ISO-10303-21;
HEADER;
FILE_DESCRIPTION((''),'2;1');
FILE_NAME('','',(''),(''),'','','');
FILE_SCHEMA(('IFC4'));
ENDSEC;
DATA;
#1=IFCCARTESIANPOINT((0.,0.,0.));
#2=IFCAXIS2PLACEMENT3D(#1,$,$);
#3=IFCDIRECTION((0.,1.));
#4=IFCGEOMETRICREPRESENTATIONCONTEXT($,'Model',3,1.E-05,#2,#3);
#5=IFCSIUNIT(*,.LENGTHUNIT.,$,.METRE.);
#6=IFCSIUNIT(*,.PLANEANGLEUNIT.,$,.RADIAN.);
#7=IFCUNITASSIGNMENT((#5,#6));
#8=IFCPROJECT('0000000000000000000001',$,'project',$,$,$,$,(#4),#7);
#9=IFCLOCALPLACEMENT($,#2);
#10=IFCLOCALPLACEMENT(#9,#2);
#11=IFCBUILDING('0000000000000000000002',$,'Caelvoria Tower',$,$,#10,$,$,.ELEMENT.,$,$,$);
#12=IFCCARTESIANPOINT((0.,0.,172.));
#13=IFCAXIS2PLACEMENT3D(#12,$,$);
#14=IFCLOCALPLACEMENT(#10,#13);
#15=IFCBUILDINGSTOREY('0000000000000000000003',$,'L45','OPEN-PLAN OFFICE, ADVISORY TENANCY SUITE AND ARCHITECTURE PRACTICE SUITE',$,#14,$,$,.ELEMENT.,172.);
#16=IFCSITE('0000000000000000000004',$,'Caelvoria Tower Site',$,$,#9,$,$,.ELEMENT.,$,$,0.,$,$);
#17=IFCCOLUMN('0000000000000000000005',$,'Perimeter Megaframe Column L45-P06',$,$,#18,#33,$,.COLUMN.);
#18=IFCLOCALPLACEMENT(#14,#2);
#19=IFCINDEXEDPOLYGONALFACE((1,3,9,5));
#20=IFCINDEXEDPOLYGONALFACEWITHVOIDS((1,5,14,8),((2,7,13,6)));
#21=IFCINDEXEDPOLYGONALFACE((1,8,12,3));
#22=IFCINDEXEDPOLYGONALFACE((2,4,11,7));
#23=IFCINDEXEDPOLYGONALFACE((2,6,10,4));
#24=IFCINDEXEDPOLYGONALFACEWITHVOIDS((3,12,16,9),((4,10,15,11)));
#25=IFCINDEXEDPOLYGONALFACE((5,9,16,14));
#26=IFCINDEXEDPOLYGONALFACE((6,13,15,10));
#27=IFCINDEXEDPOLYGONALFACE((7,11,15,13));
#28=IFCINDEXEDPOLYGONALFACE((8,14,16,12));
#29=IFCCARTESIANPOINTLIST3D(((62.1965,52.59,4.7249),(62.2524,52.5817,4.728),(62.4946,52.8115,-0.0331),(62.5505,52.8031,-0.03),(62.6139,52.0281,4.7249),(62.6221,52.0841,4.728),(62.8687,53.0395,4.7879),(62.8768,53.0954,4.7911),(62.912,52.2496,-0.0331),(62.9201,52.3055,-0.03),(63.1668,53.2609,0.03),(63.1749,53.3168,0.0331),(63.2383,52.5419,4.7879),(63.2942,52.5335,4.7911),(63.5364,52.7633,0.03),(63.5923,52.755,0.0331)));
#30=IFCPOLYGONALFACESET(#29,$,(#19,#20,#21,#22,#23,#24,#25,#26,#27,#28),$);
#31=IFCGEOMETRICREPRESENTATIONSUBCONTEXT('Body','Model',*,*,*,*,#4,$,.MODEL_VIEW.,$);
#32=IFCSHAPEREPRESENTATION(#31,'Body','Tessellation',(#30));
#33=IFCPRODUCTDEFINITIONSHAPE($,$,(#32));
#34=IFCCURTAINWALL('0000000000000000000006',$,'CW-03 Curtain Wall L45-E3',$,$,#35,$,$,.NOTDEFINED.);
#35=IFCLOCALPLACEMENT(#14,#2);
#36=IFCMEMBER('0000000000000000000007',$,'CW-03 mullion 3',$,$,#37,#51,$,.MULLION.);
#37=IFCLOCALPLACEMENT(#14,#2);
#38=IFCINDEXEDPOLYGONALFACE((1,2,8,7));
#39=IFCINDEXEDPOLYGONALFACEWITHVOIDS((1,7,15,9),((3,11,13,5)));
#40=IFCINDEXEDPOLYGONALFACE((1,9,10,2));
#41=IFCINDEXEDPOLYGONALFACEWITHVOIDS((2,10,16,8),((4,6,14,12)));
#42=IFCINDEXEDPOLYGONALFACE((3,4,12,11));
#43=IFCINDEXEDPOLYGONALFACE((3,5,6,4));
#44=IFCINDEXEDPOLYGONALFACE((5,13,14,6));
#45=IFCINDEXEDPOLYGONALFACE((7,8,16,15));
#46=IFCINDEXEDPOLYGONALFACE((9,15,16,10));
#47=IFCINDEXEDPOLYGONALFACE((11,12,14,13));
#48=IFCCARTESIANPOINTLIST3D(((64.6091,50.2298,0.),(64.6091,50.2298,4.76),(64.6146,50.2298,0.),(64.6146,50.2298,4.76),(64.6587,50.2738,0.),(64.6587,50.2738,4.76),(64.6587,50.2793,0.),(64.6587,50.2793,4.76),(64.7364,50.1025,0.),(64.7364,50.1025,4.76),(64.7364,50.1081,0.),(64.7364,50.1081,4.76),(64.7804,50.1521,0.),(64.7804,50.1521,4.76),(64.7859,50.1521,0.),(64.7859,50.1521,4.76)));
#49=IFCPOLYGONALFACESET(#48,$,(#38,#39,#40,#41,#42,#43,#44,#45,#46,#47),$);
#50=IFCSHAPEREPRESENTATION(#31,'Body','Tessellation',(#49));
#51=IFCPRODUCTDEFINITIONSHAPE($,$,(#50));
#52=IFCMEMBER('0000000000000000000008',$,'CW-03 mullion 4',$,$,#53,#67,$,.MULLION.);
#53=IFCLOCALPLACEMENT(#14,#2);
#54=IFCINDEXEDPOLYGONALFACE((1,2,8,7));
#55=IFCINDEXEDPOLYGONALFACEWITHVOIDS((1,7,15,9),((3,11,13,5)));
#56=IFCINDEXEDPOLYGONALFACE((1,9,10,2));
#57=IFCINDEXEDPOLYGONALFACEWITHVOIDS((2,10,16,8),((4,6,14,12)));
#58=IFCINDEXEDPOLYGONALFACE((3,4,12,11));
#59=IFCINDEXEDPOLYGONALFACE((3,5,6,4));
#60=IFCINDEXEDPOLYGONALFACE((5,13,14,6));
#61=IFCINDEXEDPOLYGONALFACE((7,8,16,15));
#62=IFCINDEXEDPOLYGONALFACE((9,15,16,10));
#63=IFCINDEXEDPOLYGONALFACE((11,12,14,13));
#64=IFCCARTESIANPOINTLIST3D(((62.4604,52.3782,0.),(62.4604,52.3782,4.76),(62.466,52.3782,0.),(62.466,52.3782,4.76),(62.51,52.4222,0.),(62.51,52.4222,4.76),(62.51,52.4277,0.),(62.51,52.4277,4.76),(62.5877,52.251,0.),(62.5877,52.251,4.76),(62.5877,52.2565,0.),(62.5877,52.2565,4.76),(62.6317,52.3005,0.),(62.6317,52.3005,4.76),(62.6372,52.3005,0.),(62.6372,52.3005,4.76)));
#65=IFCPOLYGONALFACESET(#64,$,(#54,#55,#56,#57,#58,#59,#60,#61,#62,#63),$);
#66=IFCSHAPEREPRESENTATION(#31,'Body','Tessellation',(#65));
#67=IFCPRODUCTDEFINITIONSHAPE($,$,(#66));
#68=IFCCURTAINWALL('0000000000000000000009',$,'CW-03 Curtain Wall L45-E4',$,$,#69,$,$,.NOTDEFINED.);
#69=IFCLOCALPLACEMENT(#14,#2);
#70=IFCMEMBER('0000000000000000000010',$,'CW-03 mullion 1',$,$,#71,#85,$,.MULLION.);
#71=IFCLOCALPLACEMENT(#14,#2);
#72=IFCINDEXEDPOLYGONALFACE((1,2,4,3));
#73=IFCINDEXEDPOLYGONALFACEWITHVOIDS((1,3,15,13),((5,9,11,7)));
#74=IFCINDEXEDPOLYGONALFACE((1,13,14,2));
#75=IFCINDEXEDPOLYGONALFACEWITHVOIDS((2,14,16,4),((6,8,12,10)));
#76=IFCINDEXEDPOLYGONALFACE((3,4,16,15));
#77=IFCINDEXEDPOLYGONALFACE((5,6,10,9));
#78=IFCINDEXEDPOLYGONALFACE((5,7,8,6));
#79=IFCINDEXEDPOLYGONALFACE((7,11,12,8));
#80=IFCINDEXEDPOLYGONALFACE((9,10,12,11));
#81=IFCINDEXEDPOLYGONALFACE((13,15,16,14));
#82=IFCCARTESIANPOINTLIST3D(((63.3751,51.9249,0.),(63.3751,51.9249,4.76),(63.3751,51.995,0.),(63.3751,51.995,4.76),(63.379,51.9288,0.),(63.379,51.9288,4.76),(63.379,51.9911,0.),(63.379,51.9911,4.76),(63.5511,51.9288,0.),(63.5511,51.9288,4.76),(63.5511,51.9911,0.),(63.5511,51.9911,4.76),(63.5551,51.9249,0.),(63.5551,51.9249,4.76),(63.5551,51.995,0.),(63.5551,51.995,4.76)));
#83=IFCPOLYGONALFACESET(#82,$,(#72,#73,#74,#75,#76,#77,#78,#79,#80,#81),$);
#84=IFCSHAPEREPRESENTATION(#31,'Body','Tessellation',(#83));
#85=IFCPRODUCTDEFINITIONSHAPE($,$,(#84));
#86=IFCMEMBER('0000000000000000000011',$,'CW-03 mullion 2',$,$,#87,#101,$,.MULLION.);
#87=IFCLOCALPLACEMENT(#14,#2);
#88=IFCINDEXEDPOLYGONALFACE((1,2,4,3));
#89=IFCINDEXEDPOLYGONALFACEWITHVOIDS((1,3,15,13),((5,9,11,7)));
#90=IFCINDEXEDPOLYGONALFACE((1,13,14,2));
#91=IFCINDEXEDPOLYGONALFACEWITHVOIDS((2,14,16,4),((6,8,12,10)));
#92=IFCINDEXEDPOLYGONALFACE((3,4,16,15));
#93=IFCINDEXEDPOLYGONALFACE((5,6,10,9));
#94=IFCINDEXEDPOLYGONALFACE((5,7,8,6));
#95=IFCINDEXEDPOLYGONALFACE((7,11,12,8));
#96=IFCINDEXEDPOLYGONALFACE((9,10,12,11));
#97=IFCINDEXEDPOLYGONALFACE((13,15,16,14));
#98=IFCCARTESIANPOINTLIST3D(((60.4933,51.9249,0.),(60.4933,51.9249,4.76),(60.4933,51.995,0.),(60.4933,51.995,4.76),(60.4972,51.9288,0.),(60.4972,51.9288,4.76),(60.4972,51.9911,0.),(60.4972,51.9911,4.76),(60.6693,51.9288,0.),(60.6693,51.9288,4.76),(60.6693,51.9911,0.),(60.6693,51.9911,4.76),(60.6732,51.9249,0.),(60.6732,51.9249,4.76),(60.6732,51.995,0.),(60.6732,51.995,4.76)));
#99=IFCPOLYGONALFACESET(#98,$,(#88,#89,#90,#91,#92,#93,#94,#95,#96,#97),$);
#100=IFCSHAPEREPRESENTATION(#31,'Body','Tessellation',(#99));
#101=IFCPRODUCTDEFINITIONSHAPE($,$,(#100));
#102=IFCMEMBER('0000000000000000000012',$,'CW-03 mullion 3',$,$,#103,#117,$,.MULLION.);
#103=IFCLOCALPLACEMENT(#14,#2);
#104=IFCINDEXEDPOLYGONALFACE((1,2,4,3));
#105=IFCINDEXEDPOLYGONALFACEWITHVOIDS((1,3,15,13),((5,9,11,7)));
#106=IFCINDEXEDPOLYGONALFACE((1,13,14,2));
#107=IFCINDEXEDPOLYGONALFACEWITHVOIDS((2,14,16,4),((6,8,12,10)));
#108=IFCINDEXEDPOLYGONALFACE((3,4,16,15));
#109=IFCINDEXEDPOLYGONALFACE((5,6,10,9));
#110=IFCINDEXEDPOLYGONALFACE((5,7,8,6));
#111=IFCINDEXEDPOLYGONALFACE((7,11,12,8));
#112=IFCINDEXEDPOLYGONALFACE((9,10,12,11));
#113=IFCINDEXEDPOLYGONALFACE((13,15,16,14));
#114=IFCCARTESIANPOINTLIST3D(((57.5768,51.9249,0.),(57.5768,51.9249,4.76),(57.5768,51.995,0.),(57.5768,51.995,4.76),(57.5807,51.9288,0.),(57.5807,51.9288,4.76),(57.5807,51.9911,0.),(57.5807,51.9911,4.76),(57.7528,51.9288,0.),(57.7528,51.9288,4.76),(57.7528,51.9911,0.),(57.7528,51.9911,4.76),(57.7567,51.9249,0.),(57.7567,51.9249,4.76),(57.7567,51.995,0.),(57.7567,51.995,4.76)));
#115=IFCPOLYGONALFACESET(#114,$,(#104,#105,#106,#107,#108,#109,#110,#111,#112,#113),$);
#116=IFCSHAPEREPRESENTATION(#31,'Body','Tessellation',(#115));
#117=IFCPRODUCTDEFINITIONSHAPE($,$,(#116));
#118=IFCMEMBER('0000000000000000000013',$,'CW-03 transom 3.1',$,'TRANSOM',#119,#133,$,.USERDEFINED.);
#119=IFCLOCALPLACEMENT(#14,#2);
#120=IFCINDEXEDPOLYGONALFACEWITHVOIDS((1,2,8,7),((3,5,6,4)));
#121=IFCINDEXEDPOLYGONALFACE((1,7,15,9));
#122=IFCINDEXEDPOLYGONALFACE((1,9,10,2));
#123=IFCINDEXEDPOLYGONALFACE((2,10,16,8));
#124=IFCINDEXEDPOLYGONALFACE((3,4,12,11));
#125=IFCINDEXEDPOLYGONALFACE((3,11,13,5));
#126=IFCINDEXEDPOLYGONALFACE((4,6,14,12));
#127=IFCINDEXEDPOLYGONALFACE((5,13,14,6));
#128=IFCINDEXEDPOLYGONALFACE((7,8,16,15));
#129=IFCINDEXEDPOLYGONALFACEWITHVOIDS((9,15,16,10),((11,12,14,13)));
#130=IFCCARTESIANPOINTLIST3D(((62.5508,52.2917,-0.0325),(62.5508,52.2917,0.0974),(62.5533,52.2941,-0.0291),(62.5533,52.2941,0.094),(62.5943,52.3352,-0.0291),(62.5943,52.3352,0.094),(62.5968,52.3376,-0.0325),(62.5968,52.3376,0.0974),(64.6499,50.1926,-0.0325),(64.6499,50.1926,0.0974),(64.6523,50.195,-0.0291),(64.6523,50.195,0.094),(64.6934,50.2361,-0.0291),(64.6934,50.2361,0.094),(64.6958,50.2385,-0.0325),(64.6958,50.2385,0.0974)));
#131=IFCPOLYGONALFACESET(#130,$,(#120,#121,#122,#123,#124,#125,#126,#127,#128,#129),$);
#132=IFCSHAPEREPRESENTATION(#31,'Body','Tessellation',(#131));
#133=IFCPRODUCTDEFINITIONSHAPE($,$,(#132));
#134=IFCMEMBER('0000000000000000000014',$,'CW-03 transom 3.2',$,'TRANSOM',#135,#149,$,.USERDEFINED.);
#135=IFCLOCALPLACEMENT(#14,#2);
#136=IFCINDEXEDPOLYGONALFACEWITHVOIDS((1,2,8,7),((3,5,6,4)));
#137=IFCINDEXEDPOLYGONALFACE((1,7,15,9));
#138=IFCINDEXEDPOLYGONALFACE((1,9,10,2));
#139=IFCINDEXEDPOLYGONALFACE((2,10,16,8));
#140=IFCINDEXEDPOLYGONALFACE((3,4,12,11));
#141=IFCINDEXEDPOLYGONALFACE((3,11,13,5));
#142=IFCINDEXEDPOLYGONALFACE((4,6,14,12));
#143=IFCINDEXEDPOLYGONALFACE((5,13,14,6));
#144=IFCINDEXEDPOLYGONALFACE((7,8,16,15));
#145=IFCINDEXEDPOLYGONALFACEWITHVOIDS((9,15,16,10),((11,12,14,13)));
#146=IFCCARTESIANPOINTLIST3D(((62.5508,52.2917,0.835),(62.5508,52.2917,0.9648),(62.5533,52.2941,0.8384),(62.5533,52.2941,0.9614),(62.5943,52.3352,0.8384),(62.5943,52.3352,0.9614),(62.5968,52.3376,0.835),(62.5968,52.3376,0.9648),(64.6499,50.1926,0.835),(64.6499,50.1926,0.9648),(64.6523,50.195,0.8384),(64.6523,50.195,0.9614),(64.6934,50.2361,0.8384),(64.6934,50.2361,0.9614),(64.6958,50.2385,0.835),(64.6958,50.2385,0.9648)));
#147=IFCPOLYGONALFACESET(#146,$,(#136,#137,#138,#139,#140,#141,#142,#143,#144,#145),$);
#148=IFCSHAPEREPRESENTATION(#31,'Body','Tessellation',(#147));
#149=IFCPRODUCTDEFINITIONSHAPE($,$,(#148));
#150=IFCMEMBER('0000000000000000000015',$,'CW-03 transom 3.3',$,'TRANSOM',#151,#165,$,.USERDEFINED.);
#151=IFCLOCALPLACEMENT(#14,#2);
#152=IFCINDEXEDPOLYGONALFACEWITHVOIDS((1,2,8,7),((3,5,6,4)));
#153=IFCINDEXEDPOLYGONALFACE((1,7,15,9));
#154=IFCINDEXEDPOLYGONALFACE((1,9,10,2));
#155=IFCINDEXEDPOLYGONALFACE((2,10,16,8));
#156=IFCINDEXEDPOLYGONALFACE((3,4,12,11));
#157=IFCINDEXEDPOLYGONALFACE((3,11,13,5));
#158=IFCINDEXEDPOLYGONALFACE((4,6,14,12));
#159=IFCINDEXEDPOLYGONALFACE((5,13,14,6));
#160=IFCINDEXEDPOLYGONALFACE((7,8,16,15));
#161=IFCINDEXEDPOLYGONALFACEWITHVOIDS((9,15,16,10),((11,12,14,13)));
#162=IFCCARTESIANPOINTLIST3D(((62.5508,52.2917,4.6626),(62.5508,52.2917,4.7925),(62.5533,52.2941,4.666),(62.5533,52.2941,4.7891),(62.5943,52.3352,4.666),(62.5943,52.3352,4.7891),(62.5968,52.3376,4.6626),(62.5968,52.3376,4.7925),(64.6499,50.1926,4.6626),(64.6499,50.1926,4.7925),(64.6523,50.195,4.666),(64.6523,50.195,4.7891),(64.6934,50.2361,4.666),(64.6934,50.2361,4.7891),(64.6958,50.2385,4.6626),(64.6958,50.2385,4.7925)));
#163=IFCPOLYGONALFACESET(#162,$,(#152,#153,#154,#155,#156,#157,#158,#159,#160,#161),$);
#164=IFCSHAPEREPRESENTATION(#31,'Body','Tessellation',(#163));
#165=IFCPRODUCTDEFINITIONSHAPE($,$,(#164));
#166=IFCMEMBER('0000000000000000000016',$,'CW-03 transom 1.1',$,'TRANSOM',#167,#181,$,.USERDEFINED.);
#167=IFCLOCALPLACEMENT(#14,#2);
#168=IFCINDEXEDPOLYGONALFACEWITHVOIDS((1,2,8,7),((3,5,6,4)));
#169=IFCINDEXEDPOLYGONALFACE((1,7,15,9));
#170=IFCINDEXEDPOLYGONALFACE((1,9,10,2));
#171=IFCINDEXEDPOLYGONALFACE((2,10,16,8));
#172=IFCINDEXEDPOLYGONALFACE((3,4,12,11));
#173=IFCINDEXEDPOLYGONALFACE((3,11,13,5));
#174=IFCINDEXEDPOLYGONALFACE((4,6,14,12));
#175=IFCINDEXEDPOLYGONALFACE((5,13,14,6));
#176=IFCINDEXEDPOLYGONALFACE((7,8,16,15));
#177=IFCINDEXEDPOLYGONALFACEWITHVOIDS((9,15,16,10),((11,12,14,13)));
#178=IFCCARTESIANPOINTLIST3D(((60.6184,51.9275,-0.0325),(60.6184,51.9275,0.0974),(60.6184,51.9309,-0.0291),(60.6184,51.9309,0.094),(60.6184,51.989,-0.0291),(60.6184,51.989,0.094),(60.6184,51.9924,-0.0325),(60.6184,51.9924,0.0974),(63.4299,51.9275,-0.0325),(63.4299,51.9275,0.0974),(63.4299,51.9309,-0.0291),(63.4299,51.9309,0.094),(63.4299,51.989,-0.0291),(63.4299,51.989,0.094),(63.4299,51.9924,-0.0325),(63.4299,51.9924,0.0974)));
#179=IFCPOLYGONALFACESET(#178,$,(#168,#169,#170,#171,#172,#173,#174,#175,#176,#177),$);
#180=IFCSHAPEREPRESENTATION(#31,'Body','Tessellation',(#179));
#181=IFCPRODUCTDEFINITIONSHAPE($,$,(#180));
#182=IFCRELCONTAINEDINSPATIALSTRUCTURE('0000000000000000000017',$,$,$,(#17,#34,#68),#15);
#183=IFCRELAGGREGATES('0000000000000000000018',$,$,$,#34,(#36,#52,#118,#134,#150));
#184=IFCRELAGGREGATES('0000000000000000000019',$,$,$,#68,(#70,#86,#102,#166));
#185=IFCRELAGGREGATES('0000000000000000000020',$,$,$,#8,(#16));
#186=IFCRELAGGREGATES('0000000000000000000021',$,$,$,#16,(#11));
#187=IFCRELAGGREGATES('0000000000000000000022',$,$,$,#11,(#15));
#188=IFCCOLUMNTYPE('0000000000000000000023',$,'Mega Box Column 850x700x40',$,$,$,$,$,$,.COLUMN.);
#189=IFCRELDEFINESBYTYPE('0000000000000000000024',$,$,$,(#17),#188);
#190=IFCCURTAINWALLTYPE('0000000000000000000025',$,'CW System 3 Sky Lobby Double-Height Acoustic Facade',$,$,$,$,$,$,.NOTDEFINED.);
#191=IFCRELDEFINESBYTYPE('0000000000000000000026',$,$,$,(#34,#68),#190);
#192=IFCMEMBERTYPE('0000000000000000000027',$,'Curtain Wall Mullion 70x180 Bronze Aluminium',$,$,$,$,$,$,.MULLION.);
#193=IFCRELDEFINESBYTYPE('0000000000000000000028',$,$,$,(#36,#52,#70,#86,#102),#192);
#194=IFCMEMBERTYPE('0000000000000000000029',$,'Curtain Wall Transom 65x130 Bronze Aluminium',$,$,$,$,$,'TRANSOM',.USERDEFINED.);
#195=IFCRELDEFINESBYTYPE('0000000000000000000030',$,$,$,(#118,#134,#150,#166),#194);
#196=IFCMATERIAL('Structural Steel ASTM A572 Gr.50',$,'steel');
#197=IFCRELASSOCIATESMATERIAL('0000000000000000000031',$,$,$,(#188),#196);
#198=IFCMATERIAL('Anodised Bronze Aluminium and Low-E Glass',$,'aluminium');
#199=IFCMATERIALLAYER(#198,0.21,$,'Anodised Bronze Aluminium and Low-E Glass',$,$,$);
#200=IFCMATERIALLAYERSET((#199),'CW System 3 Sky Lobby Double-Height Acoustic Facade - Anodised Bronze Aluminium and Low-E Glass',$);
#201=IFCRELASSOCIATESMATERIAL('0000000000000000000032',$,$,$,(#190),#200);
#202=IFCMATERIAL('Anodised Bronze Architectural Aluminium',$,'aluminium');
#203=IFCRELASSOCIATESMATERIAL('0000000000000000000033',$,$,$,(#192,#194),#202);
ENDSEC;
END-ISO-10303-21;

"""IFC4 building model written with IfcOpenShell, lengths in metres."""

from ifc_helpers import new_model, si_unit, direction, frame, origin, origin_2d, place, context, subcontext, project, spatial, hollow_rectangle, extrude, material, layer, layer_set, material_profile, profile_set, type_object, element, aggregate, save


model = new_model("IFC4")

# Units and contexts
model_context = context("Model", 3, precision=1e-05, world=origin(), true_north=direction((0.0, 1.0)))
body_context = subcontext(model_context, "Body", "Model", "MODEL_VIEW")
ifc_project = project(units=[si_unit("LENGTHUNIT", "METRE"), si_unit("PLANEANGLEUNIT", "RADIAN")], contexts=[model_context])

# Site, building, storey
site_placement = place(None, origin())
site = spatial("IfcSite", under=ifc_project, at=site_placement, Name="Caelvoria Tower Site", CompositionType="ELEMENT", RefElevation=0.0)
building_placement = place(site_placement, origin())
building = spatial("IfcBuilding", under=site, at=building_placement, Name="Caelvoria Tower", CompositionType="ELEMENT")
storey_placement = place(building_placement, frame((0.0, 0.0, 172.0)))
storey = spatial("IfcBuildingStorey", under=building, at=storey_placement, Name="L45", Description="OPEN-PLAN OFFICE, ADVISORY TENANCY SUITE AND ARCHITECTURE PRACTICE SUITE", CompositionType="ELEMENT", Elevation=172.0)

# Column
ifc_material_1 = material(Name="Structural Steel ASTM A572 Gr.50", Category="steel")
ifc_material_profile_1 = material_profile(ifc_material_1, hollow_rectangle(XDim=0.7, YDim=0.8501, WallThickness=0.04, at=origin_2d()), Name="Structural Steel ASTM A572 Gr.50")
ifc_profile_set_1 = profile_set([ifc_material_profile_1], Name="BOX850X700X40 - Structural Steel ASTM A572 Gr.50")
column_type = type_object("IfcColumnType", Name="Mega Box Column 850x700x40", PredefinedType="COLUMN", material=ifc_profile_set_1)
column_placement = place(storey_placement, frame((63.0435, 52.7832, 0.0), z_axis=(-0.062461, -0.046398, 0.996968), x_axis=(0.596312, -0.802753, 0.0)))
element("IfcColumn", 1, at=column_placement, inside=storey, type_object=column_type, Name="Perimeter Megaframe Column L45-P06", PredefinedType="COLUMN", context=body_context, shape_type="SweptSolid", body=[
    extrude(hollow_rectangle(XDim=0.7, YDim=0.8501, WallThickness=0.04, at=origin_2d()), origin(), (0.0, 0.0, 1.0), 4.7725),
])

# Curtain walls, members
ifc_material_2 = material(Name="Anodised Bronze Aluminium and Low-E Glass", Category="aluminium")
ifc_layer_1 = layer(ifc_material_2, 0.21, Name="Anodised Bronze Aluminium and Low-E Glass")
ifc_layer_set_1 = layer_set([ifc_layer_1], Name="CW System 3 Sky Lobby Double-Height Acoustic Facade - Anodised Bronze Aluminium and Low-E Glass")
curtain_wall_type = type_object("IfcCurtainWallType", Name="CW System 3 Sky Lobby Double-Height Acoustic Facade", PredefinedType="NOTDEFINED", material=ifc_layer_set_1)
curtain_wall_1_placement = place(storey_placement, origin())
curtain_wall_1 = element("IfcCurtainWall", 2, at=curtain_wall_1_placement, inside=storey, type_object=curtain_wall_type, Name="CW-03 Curtain Wall L45-E3", PredefinedType="NOTDEFINED")
ifc_material_3 = material(Name="Anodised Bronze Architectural Aluminium", Category="aluminium")
ifc_material_profile_2 = material_profile(ifc_material_3, hollow_rectangle(XDim=0.0701, YDim=0.1799, WallThickness=0.0039, at=origin_2d()), Name="Anodised Bronze Architectural Aluminium")
ifc_profile_set_2 = profile_set([ifc_material_profile_2], Name="CW_MULL_70X180 - Anodised Bronze Architectural Aluminium")
member_type_1 = type_object("IfcMemberType", Name="Curtain Wall Mullion 70x180 Bronze Aluminium", PredefinedType="MULLION", material=ifc_profile_set_2)
member_1_placement = place(storey_placement, frame((64.6975, 50.1909, 0.0), z_axis=(0.0, 0.0, 1.0), x_axis=(-0.707107, -0.707107, 0.0)))
member_1 = element("IfcMember", 3, at=member_1_placement, type_object=member_type_1, Name="CW-03 mullion 3", PredefinedType="MULLION", context=body_context, shape_type="SweptSolid", body=[
    extrude(hollow_rectangle(XDim=0.0701, YDim=0.1799, WallThickness=0.0039, at=origin_2d()), origin(), (0.0, 0.0, 1.0), 4.76),
])
member_2_placement = place(storey_placement, frame((62.5488, 52.3394, 0.0), z_axis=(0.0, 0.0, 1.0), x_axis=(-0.707107, -0.707107, 0.0)))
member_2 = element("IfcMember", 4, at=member_2_placement, type_object=member_type_1, Name="CW-03 mullion 4", PredefinedType="MULLION", context=body_context, shape_type="SweptSolid", body=[
    extrude(hollow_rectangle(XDim=0.0701, YDim=0.1799, WallThickness=0.0039, at=origin_2d()), origin(), (0.0, 0.0, 1.0), 4.76),
])
curtain_wall_2_placement = place(storey_placement, origin())
curtain_wall_2 = element("IfcCurtainWall", 5, at=curtain_wall_2_placement, inside=storey, type_object=curtain_wall_type, Name="CW-03 Curtain Wall L45-E4", PredefinedType="NOTDEFINED")
member_3_placement = place(storey_placement, frame((63.4651, 51.96, 0.0), z_axis=(0.0, 0.0, 1.0), x_axis=(0.0, -1.0, 0.0)))
member_3 = element("IfcMember", 6, at=member_3_placement, type_object=member_type_1, Name="CW-03 mullion 1", PredefinedType="MULLION", context=body_context, shape_type="SweptSolid", body=[
    extrude(hollow_rectangle(XDim=0.0701, YDim=0.1799, WallThickness=0.0039, at=origin_2d()), origin(), (0.0, 0.0, 1.0), 4.76),
])
member_4_placement = place(storey_placement, frame((60.5833, 51.96, 0.0), z_axis=(0.0, 0.0, 1.0), x_axis=(0.0, -1.0, 0.0)))
member_4 = element("IfcMember", 7, at=member_4_placement, type_object=member_type_1, Name="CW-03 mullion 2", PredefinedType="MULLION", context=body_context, shape_type="SweptSolid", body=[
    extrude(hollow_rectangle(XDim=0.0701, YDim=0.1799, WallThickness=0.0039, at=origin_2d()), origin(), (0.0, 0.0, 1.0), 4.76),
])
member_5_placement = place(storey_placement, frame((57.6667, 51.96, 0.0), z_axis=(0.0, 0.0, 1.0), x_axis=(0.0, -1.0, 0.0)))
member_5 = element("IfcMember", 8, at=member_5_placement, type_object=member_type_1, Name="CW-03 mullion 3", PredefinedType="MULLION", context=body_context, shape_type="SweptSolid", body=[
    extrude(hollow_rectangle(XDim=0.0701, YDim=0.1799, WallThickness=0.0039, at=origin_2d()), origin(), (0.0, 0.0, 1.0), 4.76),
])

# Members
ifc_material_profile_3 = material_profile(ifc_material_3, hollow_rectangle(XDim=0.0649, YDim=0.1299, WallThickness=0.0034, at=origin_2d()), Name="Anodised Bronze Architectural Aluminium")
ifc_profile_set_3 = profile_set([ifc_material_profile_3], Name="CW_TRAN_65X130 - Anodised Bronze Architectural Aluminium")
member_type_2 = type_object("IfcMemberType", Name="Curtain Wall Transom 65x130 Bronze Aluminium", ElementType="TRANSOM", PredefinedType="USERDEFINED", material=ifc_profile_set_3)
member_6_placement = place(storey_placement, frame((64.6729, 50.2156, 0.0325), z_axis=(-0.707107, 0.707107, 0.0), x_axis=(-0.707107, -0.707107, 0.0)))
member_6 = element("IfcMember", 9, at=member_6_placement, type_object=member_type_2, Name="CW-03 transom 3.1", ObjectType="TRANSOM", PredefinedType="USERDEFINED", context=body_context, shape_type="SweptSolid", body=[
    extrude(hollow_rectangle(XDim=0.0649, YDim=0.1299, WallThickness=0.0034, at=origin_2d()), origin(), (0.0, 0.0, 1.0), 2.9685),
])
member_7_placement = place(storey_placement, frame((64.6729, 50.2156, 0.8999), z_axis=(-0.707107, 0.707107, 0.0), x_axis=(-0.707107, -0.707107, 0.0)))
member_7 = element("IfcMember", 10, at=member_7_placement, type_object=member_type_2, Name="CW-03 transom 3.2", ObjectType="TRANSOM", PredefinedType="USERDEFINED", context=body_context, shape_type="SweptSolid", body=[
    extrude(hollow_rectangle(XDim=0.0649, YDim=0.1299, WallThickness=0.0034, at=origin_2d()), origin(), (0.0, 0.0, 1.0), 2.9685),
])
member_8_placement = place(storey_placement, frame((64.6729, 50.2156, 4.7275), z_axis=(-0.707107, 0.707107, 0.0), x_axis=(-0.707107, -0.707107, 0.0)))
member_8 = element("IfcMember", 11, at=member_8_placement, type_object=member_type_2, Name="CW-03 transom 3.3", ObjectType="TRANSOM", PredefinedType="USERDEFINED", context=body_context, shape_type="SweptSolid", body=[
    extrude(hollow_rectangle(XDim=0.0649, YDim=0.1299, WallThickness=0.0034, at=origin_2d()), origin(), (0.0, 0.0, 1.0), 2.9685),
])
member_9_placement = place(storey_placement, frame((63.4299, 51.96, 0.0325), z_axis=(-1.0, 0.0, 0.0), x_axis=(0.0, -1.0, 0.0)))
member_9 = element("IfcMember", 12, at=member_9_placement, type_object=member_type_2, Name="CW-03 transom 1.1", ObjectType="TRANSOM", PredefinedType="USERDEFINED", context=body_context, shape_type="SweptSolid", body=[
    extrude(hollow_rectangle(XDim=0.0649, YDim=0.1299, WallThickness=0.0034, at=origin_2d()), origin(), (0.0, 0.0, 1.0), 2.8115),
])

aggregate(curtain_wall_1, [member_1, member_2, member_6, member_7, member_8])
aggregate(curtain_wall_2, [member_3, member_4, member_5, member_9])

save(model, "model.ifc")
